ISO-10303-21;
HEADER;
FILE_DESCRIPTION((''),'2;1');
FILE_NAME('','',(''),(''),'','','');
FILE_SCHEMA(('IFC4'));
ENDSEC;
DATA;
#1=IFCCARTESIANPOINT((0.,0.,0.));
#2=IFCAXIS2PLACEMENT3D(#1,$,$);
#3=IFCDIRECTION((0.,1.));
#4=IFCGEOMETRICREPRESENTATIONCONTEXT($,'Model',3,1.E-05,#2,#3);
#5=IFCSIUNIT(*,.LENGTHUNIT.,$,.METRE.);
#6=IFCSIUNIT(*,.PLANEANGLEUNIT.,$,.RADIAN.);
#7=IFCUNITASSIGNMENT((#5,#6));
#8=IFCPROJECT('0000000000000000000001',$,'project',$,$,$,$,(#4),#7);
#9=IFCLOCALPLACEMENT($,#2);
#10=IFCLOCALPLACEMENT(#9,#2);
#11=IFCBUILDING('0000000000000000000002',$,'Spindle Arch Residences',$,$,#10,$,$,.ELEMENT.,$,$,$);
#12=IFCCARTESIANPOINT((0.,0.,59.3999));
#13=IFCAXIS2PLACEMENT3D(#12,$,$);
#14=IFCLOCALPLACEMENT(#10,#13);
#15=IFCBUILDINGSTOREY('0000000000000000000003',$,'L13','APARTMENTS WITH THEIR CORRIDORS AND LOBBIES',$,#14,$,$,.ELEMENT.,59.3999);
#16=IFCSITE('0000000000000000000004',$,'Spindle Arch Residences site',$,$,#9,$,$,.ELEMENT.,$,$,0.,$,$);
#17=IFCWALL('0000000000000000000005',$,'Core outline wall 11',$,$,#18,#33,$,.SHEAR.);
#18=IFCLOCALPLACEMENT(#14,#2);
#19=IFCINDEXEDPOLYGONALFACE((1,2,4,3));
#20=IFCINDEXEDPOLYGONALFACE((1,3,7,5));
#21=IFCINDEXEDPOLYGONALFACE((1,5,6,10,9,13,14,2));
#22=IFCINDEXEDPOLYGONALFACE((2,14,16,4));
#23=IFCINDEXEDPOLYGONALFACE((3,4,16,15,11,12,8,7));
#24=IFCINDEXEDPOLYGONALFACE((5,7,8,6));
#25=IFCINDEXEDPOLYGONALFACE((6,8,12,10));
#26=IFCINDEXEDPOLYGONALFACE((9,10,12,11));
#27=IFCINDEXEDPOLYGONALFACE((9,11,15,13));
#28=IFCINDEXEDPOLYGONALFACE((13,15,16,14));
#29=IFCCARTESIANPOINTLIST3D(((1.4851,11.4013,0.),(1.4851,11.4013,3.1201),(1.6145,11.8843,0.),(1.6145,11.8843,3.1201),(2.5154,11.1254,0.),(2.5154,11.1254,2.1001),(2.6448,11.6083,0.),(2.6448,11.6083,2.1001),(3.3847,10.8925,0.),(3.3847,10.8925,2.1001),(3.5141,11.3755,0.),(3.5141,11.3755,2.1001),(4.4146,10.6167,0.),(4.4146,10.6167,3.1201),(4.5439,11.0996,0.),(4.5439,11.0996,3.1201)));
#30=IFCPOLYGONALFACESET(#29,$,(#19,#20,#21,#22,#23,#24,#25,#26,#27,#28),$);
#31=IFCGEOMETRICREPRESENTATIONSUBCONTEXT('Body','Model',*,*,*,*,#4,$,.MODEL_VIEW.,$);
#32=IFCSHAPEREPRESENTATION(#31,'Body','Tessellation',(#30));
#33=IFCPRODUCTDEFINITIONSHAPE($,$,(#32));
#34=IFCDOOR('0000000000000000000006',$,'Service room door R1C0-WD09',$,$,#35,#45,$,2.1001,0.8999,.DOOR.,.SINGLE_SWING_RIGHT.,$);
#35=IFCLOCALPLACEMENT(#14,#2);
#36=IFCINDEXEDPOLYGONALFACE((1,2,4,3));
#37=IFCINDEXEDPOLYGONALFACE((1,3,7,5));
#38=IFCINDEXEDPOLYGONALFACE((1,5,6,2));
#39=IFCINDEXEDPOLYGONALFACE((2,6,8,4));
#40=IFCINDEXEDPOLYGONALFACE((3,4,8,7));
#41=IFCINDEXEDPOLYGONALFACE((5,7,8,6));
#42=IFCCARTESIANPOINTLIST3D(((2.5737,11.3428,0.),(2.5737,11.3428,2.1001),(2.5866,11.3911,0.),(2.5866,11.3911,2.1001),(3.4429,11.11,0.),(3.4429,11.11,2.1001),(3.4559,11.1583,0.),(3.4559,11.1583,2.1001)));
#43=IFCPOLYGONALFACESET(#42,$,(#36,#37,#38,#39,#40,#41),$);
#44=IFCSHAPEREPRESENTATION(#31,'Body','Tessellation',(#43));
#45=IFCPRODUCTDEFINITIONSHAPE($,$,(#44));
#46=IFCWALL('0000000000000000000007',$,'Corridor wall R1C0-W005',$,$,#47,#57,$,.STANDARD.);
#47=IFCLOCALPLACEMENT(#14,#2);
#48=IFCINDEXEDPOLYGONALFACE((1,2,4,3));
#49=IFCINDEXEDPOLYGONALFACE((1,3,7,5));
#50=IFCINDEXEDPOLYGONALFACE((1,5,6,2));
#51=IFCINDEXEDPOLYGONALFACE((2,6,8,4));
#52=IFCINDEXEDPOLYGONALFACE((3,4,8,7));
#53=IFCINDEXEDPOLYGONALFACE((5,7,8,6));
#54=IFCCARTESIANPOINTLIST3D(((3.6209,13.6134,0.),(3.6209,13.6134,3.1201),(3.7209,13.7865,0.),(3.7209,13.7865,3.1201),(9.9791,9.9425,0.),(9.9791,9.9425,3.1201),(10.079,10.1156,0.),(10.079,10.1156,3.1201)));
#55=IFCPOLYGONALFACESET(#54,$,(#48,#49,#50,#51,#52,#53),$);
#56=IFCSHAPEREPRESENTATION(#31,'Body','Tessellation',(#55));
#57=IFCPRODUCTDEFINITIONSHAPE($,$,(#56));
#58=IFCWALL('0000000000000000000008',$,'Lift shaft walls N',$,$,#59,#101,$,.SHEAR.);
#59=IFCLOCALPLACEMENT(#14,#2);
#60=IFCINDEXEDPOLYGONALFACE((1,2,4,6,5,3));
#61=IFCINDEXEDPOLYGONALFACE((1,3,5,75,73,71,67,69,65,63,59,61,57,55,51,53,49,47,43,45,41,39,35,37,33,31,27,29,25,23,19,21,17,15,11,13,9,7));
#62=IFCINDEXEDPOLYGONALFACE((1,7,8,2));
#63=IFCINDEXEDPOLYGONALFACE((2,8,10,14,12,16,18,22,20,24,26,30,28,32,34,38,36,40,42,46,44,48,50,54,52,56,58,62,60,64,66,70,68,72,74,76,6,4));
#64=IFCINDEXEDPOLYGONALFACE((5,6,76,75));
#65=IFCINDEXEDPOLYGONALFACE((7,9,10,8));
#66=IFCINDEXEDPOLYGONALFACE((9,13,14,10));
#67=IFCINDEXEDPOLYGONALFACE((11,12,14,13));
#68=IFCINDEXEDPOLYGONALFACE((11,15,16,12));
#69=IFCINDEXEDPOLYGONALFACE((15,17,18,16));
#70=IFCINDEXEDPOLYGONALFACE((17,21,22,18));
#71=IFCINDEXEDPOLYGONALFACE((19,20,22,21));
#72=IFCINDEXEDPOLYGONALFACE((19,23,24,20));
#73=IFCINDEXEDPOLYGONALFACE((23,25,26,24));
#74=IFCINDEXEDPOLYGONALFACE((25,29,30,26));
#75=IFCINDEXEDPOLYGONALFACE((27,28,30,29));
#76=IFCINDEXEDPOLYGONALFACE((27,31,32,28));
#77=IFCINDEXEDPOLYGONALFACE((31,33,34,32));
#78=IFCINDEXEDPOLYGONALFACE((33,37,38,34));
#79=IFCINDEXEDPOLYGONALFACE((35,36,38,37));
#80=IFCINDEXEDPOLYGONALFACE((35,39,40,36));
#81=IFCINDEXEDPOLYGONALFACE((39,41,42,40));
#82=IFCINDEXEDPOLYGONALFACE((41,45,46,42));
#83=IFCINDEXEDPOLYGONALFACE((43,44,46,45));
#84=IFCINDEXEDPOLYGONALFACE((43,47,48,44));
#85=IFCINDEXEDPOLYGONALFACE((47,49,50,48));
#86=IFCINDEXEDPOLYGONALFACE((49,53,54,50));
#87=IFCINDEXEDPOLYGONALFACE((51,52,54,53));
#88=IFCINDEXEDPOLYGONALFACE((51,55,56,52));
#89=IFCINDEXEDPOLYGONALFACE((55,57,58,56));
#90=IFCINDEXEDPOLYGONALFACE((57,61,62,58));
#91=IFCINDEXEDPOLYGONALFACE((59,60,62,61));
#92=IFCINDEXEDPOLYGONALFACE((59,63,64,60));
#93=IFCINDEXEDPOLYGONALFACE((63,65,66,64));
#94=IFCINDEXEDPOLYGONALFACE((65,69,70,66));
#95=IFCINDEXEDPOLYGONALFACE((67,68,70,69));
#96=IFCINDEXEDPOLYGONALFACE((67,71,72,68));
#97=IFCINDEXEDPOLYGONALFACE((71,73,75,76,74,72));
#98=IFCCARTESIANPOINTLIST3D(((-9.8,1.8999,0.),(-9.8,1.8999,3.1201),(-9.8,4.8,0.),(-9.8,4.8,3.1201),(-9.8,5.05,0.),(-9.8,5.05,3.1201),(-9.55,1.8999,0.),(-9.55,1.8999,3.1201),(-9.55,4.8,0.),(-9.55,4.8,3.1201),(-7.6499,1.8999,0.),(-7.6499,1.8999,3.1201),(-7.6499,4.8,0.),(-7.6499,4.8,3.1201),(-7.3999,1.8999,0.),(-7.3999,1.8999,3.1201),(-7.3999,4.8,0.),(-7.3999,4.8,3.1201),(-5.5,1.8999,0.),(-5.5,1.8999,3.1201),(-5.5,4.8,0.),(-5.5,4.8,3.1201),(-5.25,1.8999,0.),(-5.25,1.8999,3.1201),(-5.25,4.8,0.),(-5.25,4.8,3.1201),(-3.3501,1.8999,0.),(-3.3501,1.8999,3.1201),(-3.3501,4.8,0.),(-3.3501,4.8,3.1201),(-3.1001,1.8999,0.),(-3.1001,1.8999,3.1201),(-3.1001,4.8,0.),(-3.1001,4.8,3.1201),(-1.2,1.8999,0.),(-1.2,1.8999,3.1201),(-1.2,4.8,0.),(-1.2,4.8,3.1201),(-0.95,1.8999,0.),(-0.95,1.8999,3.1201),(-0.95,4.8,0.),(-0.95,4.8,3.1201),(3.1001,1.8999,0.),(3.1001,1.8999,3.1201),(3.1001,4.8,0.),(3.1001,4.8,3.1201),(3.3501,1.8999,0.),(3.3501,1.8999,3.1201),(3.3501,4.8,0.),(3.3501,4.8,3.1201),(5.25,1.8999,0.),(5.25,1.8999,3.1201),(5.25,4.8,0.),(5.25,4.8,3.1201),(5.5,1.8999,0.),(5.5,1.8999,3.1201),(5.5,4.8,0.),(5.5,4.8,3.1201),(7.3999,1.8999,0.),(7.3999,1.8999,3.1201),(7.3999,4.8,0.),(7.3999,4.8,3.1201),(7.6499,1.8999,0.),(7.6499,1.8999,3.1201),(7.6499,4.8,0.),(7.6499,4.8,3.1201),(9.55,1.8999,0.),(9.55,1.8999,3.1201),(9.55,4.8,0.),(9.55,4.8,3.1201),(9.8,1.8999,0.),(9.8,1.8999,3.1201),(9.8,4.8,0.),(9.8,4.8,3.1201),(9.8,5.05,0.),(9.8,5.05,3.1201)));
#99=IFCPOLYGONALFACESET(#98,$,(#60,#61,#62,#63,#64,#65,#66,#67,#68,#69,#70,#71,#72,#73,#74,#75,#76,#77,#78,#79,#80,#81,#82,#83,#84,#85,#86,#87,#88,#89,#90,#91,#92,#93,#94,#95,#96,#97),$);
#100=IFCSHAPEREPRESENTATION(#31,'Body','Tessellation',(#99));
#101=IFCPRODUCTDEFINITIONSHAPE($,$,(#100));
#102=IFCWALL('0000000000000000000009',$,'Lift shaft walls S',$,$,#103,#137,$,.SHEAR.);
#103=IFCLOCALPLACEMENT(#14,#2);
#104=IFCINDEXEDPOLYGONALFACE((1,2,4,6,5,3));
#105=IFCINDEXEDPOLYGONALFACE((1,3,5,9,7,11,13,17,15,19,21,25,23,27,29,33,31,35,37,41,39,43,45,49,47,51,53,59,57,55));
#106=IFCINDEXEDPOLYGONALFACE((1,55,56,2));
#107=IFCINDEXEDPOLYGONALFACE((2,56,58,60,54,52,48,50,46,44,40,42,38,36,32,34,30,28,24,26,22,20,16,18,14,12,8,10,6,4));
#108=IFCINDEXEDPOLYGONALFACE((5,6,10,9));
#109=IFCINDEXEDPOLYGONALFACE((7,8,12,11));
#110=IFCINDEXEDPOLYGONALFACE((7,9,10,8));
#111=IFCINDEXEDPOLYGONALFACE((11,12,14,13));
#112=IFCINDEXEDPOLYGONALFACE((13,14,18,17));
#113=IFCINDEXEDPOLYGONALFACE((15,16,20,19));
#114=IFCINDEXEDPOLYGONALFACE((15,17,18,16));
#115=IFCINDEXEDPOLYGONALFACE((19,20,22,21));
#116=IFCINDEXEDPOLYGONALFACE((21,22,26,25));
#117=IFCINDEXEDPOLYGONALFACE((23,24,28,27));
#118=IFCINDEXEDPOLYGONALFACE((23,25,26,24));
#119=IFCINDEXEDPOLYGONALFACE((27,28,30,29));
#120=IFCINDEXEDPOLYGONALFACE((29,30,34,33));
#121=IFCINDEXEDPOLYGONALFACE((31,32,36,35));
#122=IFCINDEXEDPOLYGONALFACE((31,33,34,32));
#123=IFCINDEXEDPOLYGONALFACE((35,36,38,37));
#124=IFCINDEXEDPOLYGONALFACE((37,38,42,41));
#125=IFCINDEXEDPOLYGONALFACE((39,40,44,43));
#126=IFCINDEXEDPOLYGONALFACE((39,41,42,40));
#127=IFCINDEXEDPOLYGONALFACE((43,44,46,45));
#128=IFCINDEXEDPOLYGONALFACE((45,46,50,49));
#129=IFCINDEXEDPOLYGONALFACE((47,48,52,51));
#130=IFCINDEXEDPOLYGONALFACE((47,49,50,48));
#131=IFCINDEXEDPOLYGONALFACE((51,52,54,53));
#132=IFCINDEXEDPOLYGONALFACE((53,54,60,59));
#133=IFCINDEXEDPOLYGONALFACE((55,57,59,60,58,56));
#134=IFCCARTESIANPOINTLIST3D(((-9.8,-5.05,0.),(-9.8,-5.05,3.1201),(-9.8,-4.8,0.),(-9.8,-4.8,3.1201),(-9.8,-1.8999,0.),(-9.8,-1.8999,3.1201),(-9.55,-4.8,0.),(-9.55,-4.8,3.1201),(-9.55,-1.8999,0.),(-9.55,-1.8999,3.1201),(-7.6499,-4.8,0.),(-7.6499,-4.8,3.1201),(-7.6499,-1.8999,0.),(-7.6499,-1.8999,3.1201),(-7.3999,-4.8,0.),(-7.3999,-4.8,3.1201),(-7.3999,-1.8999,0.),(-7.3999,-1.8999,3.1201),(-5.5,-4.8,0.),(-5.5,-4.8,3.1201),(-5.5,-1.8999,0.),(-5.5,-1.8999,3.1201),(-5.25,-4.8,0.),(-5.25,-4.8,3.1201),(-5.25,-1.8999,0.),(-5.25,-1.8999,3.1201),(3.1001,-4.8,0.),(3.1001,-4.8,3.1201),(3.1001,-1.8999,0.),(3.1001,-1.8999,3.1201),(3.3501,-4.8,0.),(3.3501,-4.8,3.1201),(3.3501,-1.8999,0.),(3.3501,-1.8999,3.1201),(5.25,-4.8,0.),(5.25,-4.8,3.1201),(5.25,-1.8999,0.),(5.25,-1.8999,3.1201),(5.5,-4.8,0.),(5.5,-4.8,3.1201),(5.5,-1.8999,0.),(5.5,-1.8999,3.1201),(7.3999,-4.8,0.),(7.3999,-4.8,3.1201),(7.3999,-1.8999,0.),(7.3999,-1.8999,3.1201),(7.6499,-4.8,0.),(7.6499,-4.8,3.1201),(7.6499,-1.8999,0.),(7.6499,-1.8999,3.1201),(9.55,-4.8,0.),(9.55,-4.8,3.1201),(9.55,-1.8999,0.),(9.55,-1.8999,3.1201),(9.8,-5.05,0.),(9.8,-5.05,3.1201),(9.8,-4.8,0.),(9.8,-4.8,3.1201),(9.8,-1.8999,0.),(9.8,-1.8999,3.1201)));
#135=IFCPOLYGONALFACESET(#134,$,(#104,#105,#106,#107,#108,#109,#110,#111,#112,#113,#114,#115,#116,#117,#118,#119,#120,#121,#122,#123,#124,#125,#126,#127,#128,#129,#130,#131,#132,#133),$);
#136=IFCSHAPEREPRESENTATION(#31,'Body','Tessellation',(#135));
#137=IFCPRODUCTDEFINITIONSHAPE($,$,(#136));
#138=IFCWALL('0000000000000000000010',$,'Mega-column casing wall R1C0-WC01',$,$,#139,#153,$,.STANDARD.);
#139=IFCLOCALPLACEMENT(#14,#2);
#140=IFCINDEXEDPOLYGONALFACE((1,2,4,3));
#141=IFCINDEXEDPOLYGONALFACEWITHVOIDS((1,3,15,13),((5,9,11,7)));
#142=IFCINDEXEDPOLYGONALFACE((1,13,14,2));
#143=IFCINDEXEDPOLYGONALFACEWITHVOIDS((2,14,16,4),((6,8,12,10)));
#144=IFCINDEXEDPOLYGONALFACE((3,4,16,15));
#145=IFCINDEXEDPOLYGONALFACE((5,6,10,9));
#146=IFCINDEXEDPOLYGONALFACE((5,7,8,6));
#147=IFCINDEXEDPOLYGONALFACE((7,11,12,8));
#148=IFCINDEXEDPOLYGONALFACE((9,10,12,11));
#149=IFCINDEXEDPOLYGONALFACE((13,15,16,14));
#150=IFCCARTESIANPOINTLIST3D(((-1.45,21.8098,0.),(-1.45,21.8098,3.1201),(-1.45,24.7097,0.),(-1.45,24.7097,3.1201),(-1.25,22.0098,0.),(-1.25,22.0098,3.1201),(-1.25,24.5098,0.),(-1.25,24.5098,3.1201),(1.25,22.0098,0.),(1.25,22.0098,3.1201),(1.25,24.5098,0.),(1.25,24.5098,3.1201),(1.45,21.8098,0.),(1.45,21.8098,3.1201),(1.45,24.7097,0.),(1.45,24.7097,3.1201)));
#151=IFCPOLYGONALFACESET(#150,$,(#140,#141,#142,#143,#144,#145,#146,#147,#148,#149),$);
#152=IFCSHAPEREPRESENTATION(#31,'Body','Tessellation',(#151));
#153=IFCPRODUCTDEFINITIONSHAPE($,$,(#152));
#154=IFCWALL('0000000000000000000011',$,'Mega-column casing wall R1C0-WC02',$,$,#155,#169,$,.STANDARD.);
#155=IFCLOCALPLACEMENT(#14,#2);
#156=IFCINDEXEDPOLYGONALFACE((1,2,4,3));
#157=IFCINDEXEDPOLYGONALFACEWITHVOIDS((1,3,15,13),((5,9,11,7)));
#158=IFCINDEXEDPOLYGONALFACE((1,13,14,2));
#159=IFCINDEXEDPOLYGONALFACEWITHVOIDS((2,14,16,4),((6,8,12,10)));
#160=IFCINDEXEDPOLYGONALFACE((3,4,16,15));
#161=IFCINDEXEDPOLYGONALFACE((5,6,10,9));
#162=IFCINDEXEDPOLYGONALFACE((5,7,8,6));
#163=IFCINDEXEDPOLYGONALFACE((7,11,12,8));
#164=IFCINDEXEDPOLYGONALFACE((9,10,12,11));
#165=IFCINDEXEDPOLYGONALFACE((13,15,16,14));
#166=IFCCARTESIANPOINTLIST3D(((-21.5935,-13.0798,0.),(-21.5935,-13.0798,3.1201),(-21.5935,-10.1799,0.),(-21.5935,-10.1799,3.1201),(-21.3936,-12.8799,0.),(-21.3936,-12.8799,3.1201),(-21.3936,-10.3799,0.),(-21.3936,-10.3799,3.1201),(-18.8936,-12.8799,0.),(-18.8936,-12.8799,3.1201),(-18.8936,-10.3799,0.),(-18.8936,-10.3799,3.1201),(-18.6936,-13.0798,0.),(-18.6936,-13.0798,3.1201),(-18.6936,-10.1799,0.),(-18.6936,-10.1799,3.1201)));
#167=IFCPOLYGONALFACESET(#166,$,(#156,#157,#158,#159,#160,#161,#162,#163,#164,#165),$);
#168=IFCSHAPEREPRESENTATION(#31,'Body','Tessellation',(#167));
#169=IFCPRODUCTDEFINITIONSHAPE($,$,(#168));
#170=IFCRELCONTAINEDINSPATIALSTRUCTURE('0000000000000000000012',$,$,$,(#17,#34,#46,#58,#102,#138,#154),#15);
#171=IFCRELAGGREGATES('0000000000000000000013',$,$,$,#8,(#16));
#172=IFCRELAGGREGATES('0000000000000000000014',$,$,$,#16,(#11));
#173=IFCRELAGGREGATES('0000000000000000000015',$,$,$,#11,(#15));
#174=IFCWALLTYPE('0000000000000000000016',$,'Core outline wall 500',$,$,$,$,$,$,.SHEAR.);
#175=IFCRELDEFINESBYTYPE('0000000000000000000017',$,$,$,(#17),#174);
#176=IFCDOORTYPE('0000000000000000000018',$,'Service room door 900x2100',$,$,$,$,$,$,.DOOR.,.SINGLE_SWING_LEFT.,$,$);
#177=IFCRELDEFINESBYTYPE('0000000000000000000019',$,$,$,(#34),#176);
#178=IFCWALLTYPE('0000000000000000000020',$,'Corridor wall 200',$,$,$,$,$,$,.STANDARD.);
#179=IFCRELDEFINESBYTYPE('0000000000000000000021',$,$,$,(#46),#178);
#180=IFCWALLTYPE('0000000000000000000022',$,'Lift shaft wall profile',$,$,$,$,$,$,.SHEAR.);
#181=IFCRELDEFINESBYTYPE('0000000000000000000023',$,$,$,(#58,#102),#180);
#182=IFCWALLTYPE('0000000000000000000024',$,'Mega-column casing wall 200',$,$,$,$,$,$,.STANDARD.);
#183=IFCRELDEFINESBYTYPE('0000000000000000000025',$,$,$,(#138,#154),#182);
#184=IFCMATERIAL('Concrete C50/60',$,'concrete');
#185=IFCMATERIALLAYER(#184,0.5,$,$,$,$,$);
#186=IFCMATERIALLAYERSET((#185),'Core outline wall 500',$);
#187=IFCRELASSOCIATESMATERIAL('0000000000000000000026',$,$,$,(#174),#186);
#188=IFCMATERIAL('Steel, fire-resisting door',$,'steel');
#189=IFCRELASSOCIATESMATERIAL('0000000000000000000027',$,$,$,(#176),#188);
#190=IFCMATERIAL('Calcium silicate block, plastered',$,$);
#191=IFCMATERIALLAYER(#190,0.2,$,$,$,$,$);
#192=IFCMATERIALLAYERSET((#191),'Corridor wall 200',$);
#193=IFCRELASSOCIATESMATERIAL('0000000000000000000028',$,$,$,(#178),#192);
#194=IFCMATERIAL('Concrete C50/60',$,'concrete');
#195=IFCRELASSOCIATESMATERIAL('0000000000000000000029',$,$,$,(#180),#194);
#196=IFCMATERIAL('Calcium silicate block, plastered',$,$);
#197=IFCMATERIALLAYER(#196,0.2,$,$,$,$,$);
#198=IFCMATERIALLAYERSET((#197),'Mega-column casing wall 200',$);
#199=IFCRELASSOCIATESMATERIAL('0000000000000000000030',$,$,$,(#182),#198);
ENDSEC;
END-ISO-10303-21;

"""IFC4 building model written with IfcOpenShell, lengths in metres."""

from ifc_helpers import new_model, si_unit, direction, frame, frame_2d, origin, place, context, subcontext, project, spatial, polyline, rectangle, outline, extrude, material, layer, layer_set, type_object, element, fill, save


model = new_model("IFC4")

# Units and contexts
model_context = context("Model", 3, precision=1e-05, world=origin(), true_north=direction((0.0, 1.0)))
body_context = subcontext(model_context, "Body", "Model", "MODEL_VIEW")
ifc_project = project(units=[si_unit("LENGTHUNIT", "METRE"), si_unit("PLANEANGLEUNIT", "RADIAN")], contexts=[model_context])

# Site, building, storey
site_placement = place(None, origin())
site = spatial("IfcSite", under=ifc_project, at=site_placement, Name="Spindle Arch Residences site", CompositionType="ELEMENT", RefElevation=0.0)
building_placement = place(site_placement, origin())
building = spatial("IfcBuilding", under=site, at=building_placement, Name="Spindle Arch Residences", CompositionType="ELEMENT")
storey_placement = place(building_placement, frame((0.0, 0.0, 59.3999)))
storey = spatial("IfcBuildingStorey", under=building, at=storey_placement, Name="L13", Description="APARTMENTS WITH THEIR CORRIDORS AND LOBBIES", CompositionType="ELEMENT", Elevation=59.3999)

# Shared definitions
ifc_material_1 = material(Name="Concrete C50/60", Category="concrete")
ifc_layer_1 = layer(ifc_material_1, 0.5)
ifc_layer_set_1 = layer_set([ifc_layer_1], Name="Core outline wall 500")
wall_type_1 = type_object("IfcWallType", Name="Core outline wall 500", PredefinedType="SHEAR", material=ifc_layer_set_1)

# Wall, opening, door
wall_1_placement = place(storey_placement, frame((4.4792, 10.8582, 0.0), z_axis=(0.0, 0.0, 1.0), x_axis=(-0.965948, 0.258735, 0.0)))
wall_1 = element("IfcWall", 1, at=wall_1_placement, inside=storey, type_object=wall_type_1, Name="Core outline wall 11", PredefinedType="SHEAR", context=body_context, shape_type="SweptSolid", body=[
    extrude(rectangle(XDim=3.0327, YDim=0.5, at=frame_2d((1.5164, 0.0))), origin(), (0.0, 0.0, 1.0), 3.1201),
])
opening_1_placement = place(wall_1_placement, frame((1.0662, 0.0, 0.0)))
opening_1 = element("IfcOpeningElement", 2, at=opening_1_placement, cuts=wall_1, PredefinedType="OPENING", context=body_context, shape_type="SweptSolid", body=[
    extrude(rectangle(XDim=0.8999, YDim=2.1001, at=frame_2d((0.45, 1.05))), frame((0.0, 0.26, 0.0), z_axis=(0.0, -1.0, 0.0), x_axis=(1.0, 0.0, 0.0)), (0.0, 0.0, 1.0), 0.52),
])
ifc_material_2 = material(Name="Steel, fire-resisting door", Category="steel")
door_type_1 = type_object("IfcDoorType", Name="Service room door 900x2100", OperationType="SINGLE_SWING_LEFT", PredefinedType="DOOR", material=ifc_material_2)
door_1_placement = place(opening_1_placement, origin())
door_1 = element("IfcDoor", 3, at=door_1_placement, inside=storey, type_object=door_type_1, Name="Service room door R1C0-WD09", OperationType="SINGLE_SWING_RIGHT", OverallHeight=2.1001, OverallWidth=0.8999, PredefinedType="DOOR", context=body_context, shape_type="SweptSolid", body=[
    extrude(rectangle(XDim=0.8999, YDim=2.1001, at=frame_2d((0.45, 1.05))), frame((0.0, 0.0249, 0.0), z_axis=(0.0, -1.0, 0.0), x_axis=(1.0, 0.0, 0.0)), (0.0, 0.0, 1.0), 0.05),
])
fill(opening_1, door_1)

# Wall
ifc_material_3 = material(Name="Calcium silicate block, plastered")
ifc_layer_2 = layer(ifc_material_3, 0.2)
ifc_layer_set_2 = layer_set([ifc_layer_2], Name="Corridor wall 200")
wall_type_2 = type_object("IfcWallType", Name="Corridor wall 200", PredefinedType="STANDARD", material=ifc_layer_set_2)
wall_2_placement = place(storey_placement, frame((10.0291, 10.0291, 0.0), z_axis=(0.0, 0.0, 1.0), x_axis=(-0.866024, 0.500002, 0.0)))
element("IfcWall", 4, at=wall_2_placement, inside=storey, type_object=wall_type_2, Name="Corridor wall R1C0-W005", PredefinedType="STANDARD", context=body_context, shape_type="SweptSolid", body=[
    extrude(rectangle(XDim=7.3418, YDim=0.2, at=frame_2d((3.6709, 0.0))), origin(), (0.0, 0.0, 1.0), 3.1201),
])

# Walls
ifc_material_4 = material(Name="Concrete C50/60", Category="concrete")
wall_type_3 = type_object("IfcWallType", Name="Lift shaft wall profile", PredefinedType="SHEAR", material=ifc_material_4)
wall_3_placement = place(storey_placement, origin())
element("IfcWall", 5, at=wall_3_placement, inside=storey, type_object=wall_type_3, Name="Lift shaft walls N", PredefinedType="SHEAR", context=body_context, shape_type="SweptSolid", body=[
    extrude(outline(polyline([(-9.55, 4.8), (-7.6499, 4.8), (-7.6499, 1.8999), (-7.3999, 1.8999), (-7.3999, 4.8), (-5.5, 4.8), (-5.5, 1.8999), (-5.25, 1.8999), (-5.25, 4.8), (-3.3501, 4.8), (-3.3501, 1.8999), (-3.1001, 1.8999), (-3.1001, 4.8), (-1.2, 4.8), (-1.2, 1.8999), (-0.95, 1.8999), (-0.95, 4.8), (3.1001, 4.8), (3.1001, 1.8999), (3.3501, 1.8999), (3.3501, 4.8), (5.25, 4.8), (5.25, 1.8999), (5.5, 1.8999), (5.5, 4.8), (7.3999, 4.8), (7.3999, 1.8999), (7.6499, 1.8999), (7.6499, 4.8), (9.55, 4.8), (9.55, 1.8999), (9.8, 1.8999), (9.8, 4.8), (9.8, 5.05), (-9.8, 5.05), (-9.8, 4.8), (-9.8, 1.8999), (-9.55, 1.8999), (-9.55, 4.8)])), origin(), (0.0, 0.0, 1.0), 3.1201),
])
wall_4_placement = place(storey_placement, origin())
element("IfcWall", 6, at=wall_4_placement, inside=storey, type_object=wall_type_3, Name="Lift shaft walls S", PredefinedType="SHEAR", context=body_context, shape_type="SweptSolid", body=[
    extrude(outline(polyline([(9.8, -5.05), (9.8, -4.8), (9.8, -1.8999), (9.55, -1.8999), (9.55, -4.8), (7.6499, -4.8), (7.6499, -1.8999), (7.3999, -1.8999), (7.3999, -4.8), (5.5, -4.8), (5.5, -1.8999), (5.25, -1.8999), (5.25, -4.8), (3.3501, -4.8), (3.3501, -1.8999), (3.1001, -1.8999), (3.1001, -4.8), (-5.25, -4.8), (-5.25, -1.8999), (-5.5, -1.8999), (-5.5, -4.8), (-7.3999, -4.8), (-7.3999, -1.8999), (-7.6499, -1.8999), (-7.6499, -4.8), (-9.55, -4.8), (-9.55, -1.8999), (-9.8, -1.8999), (-9.8, -4.8), (-9.8, -5.05), (9.8, -5.05)])), origin(), (0.0, 0.0, 1.0), 3.1201),
])
ifc_material_5 = material(Name="Calcium silicate block, plastered")
ifc_layer_3 = layer(ifc_material_5, 0.2)
ifc_layer_set_3 = layer_set([ifc_layer_3], Name="Mega-column casing wall 200")
wall_type_4 = type_object("IfcWallType", Name="Mega-column casing wall 200", PredefinedType="STANDARD", material=ifc_layer_set_3)
wall_5_placement = place(storey_placement, origin())
element("IfcWall", 7, at=wall_5_placement, inside=storey, type_object=wall_type_4, Name="Mega-column casing wall R1C0-WC01", PredefinedType="STANDARD", context=body_context, shape_type="SweptSolid", body=[
    extrude(outline(polyline([(1.45, 24.7097), (1.45, 21.8098), (-1.45, 21.8098), (-1.45, 24.7097), (1.45, 24.7097)]), holes=[polyline([(-1.25, 22.0098), (1.25, 22.0098), (1.25, 24.5098), (-1.25, 24.5098), (-1.25, 22.0098)])]), origin(), (0.0, 0.0, 1.0), 3.1201),
])
wall_6_placement = place(storey_placement, origin())
element("IfcWall", 8, at=wall_6_placement, inside=storey, type_object=wall_type_4, Name="Mega-column casing wall R1C0-WC02", PredefinedType="STANDARD", context=body_context, shape_type="SweptSolid", body=[
    extrude(outline(polyline([(-18.6936, -10.1799), (-18.6936, -13.0798), (-21.5935, -13.0798), (-21.5935, -10.1799), (-18.6936, -10.1799)]), holes=[polyline([(-21.3936, -12.8799), (-18.8936, -12.8799), (-18.8936, -10.3799), (-21.3936, -10.3799), (-21.3936, -12.8799)])]), origin(), (0.0, 0.0, 1.0), 3.1201),
])

save(model, "model.ifc")
